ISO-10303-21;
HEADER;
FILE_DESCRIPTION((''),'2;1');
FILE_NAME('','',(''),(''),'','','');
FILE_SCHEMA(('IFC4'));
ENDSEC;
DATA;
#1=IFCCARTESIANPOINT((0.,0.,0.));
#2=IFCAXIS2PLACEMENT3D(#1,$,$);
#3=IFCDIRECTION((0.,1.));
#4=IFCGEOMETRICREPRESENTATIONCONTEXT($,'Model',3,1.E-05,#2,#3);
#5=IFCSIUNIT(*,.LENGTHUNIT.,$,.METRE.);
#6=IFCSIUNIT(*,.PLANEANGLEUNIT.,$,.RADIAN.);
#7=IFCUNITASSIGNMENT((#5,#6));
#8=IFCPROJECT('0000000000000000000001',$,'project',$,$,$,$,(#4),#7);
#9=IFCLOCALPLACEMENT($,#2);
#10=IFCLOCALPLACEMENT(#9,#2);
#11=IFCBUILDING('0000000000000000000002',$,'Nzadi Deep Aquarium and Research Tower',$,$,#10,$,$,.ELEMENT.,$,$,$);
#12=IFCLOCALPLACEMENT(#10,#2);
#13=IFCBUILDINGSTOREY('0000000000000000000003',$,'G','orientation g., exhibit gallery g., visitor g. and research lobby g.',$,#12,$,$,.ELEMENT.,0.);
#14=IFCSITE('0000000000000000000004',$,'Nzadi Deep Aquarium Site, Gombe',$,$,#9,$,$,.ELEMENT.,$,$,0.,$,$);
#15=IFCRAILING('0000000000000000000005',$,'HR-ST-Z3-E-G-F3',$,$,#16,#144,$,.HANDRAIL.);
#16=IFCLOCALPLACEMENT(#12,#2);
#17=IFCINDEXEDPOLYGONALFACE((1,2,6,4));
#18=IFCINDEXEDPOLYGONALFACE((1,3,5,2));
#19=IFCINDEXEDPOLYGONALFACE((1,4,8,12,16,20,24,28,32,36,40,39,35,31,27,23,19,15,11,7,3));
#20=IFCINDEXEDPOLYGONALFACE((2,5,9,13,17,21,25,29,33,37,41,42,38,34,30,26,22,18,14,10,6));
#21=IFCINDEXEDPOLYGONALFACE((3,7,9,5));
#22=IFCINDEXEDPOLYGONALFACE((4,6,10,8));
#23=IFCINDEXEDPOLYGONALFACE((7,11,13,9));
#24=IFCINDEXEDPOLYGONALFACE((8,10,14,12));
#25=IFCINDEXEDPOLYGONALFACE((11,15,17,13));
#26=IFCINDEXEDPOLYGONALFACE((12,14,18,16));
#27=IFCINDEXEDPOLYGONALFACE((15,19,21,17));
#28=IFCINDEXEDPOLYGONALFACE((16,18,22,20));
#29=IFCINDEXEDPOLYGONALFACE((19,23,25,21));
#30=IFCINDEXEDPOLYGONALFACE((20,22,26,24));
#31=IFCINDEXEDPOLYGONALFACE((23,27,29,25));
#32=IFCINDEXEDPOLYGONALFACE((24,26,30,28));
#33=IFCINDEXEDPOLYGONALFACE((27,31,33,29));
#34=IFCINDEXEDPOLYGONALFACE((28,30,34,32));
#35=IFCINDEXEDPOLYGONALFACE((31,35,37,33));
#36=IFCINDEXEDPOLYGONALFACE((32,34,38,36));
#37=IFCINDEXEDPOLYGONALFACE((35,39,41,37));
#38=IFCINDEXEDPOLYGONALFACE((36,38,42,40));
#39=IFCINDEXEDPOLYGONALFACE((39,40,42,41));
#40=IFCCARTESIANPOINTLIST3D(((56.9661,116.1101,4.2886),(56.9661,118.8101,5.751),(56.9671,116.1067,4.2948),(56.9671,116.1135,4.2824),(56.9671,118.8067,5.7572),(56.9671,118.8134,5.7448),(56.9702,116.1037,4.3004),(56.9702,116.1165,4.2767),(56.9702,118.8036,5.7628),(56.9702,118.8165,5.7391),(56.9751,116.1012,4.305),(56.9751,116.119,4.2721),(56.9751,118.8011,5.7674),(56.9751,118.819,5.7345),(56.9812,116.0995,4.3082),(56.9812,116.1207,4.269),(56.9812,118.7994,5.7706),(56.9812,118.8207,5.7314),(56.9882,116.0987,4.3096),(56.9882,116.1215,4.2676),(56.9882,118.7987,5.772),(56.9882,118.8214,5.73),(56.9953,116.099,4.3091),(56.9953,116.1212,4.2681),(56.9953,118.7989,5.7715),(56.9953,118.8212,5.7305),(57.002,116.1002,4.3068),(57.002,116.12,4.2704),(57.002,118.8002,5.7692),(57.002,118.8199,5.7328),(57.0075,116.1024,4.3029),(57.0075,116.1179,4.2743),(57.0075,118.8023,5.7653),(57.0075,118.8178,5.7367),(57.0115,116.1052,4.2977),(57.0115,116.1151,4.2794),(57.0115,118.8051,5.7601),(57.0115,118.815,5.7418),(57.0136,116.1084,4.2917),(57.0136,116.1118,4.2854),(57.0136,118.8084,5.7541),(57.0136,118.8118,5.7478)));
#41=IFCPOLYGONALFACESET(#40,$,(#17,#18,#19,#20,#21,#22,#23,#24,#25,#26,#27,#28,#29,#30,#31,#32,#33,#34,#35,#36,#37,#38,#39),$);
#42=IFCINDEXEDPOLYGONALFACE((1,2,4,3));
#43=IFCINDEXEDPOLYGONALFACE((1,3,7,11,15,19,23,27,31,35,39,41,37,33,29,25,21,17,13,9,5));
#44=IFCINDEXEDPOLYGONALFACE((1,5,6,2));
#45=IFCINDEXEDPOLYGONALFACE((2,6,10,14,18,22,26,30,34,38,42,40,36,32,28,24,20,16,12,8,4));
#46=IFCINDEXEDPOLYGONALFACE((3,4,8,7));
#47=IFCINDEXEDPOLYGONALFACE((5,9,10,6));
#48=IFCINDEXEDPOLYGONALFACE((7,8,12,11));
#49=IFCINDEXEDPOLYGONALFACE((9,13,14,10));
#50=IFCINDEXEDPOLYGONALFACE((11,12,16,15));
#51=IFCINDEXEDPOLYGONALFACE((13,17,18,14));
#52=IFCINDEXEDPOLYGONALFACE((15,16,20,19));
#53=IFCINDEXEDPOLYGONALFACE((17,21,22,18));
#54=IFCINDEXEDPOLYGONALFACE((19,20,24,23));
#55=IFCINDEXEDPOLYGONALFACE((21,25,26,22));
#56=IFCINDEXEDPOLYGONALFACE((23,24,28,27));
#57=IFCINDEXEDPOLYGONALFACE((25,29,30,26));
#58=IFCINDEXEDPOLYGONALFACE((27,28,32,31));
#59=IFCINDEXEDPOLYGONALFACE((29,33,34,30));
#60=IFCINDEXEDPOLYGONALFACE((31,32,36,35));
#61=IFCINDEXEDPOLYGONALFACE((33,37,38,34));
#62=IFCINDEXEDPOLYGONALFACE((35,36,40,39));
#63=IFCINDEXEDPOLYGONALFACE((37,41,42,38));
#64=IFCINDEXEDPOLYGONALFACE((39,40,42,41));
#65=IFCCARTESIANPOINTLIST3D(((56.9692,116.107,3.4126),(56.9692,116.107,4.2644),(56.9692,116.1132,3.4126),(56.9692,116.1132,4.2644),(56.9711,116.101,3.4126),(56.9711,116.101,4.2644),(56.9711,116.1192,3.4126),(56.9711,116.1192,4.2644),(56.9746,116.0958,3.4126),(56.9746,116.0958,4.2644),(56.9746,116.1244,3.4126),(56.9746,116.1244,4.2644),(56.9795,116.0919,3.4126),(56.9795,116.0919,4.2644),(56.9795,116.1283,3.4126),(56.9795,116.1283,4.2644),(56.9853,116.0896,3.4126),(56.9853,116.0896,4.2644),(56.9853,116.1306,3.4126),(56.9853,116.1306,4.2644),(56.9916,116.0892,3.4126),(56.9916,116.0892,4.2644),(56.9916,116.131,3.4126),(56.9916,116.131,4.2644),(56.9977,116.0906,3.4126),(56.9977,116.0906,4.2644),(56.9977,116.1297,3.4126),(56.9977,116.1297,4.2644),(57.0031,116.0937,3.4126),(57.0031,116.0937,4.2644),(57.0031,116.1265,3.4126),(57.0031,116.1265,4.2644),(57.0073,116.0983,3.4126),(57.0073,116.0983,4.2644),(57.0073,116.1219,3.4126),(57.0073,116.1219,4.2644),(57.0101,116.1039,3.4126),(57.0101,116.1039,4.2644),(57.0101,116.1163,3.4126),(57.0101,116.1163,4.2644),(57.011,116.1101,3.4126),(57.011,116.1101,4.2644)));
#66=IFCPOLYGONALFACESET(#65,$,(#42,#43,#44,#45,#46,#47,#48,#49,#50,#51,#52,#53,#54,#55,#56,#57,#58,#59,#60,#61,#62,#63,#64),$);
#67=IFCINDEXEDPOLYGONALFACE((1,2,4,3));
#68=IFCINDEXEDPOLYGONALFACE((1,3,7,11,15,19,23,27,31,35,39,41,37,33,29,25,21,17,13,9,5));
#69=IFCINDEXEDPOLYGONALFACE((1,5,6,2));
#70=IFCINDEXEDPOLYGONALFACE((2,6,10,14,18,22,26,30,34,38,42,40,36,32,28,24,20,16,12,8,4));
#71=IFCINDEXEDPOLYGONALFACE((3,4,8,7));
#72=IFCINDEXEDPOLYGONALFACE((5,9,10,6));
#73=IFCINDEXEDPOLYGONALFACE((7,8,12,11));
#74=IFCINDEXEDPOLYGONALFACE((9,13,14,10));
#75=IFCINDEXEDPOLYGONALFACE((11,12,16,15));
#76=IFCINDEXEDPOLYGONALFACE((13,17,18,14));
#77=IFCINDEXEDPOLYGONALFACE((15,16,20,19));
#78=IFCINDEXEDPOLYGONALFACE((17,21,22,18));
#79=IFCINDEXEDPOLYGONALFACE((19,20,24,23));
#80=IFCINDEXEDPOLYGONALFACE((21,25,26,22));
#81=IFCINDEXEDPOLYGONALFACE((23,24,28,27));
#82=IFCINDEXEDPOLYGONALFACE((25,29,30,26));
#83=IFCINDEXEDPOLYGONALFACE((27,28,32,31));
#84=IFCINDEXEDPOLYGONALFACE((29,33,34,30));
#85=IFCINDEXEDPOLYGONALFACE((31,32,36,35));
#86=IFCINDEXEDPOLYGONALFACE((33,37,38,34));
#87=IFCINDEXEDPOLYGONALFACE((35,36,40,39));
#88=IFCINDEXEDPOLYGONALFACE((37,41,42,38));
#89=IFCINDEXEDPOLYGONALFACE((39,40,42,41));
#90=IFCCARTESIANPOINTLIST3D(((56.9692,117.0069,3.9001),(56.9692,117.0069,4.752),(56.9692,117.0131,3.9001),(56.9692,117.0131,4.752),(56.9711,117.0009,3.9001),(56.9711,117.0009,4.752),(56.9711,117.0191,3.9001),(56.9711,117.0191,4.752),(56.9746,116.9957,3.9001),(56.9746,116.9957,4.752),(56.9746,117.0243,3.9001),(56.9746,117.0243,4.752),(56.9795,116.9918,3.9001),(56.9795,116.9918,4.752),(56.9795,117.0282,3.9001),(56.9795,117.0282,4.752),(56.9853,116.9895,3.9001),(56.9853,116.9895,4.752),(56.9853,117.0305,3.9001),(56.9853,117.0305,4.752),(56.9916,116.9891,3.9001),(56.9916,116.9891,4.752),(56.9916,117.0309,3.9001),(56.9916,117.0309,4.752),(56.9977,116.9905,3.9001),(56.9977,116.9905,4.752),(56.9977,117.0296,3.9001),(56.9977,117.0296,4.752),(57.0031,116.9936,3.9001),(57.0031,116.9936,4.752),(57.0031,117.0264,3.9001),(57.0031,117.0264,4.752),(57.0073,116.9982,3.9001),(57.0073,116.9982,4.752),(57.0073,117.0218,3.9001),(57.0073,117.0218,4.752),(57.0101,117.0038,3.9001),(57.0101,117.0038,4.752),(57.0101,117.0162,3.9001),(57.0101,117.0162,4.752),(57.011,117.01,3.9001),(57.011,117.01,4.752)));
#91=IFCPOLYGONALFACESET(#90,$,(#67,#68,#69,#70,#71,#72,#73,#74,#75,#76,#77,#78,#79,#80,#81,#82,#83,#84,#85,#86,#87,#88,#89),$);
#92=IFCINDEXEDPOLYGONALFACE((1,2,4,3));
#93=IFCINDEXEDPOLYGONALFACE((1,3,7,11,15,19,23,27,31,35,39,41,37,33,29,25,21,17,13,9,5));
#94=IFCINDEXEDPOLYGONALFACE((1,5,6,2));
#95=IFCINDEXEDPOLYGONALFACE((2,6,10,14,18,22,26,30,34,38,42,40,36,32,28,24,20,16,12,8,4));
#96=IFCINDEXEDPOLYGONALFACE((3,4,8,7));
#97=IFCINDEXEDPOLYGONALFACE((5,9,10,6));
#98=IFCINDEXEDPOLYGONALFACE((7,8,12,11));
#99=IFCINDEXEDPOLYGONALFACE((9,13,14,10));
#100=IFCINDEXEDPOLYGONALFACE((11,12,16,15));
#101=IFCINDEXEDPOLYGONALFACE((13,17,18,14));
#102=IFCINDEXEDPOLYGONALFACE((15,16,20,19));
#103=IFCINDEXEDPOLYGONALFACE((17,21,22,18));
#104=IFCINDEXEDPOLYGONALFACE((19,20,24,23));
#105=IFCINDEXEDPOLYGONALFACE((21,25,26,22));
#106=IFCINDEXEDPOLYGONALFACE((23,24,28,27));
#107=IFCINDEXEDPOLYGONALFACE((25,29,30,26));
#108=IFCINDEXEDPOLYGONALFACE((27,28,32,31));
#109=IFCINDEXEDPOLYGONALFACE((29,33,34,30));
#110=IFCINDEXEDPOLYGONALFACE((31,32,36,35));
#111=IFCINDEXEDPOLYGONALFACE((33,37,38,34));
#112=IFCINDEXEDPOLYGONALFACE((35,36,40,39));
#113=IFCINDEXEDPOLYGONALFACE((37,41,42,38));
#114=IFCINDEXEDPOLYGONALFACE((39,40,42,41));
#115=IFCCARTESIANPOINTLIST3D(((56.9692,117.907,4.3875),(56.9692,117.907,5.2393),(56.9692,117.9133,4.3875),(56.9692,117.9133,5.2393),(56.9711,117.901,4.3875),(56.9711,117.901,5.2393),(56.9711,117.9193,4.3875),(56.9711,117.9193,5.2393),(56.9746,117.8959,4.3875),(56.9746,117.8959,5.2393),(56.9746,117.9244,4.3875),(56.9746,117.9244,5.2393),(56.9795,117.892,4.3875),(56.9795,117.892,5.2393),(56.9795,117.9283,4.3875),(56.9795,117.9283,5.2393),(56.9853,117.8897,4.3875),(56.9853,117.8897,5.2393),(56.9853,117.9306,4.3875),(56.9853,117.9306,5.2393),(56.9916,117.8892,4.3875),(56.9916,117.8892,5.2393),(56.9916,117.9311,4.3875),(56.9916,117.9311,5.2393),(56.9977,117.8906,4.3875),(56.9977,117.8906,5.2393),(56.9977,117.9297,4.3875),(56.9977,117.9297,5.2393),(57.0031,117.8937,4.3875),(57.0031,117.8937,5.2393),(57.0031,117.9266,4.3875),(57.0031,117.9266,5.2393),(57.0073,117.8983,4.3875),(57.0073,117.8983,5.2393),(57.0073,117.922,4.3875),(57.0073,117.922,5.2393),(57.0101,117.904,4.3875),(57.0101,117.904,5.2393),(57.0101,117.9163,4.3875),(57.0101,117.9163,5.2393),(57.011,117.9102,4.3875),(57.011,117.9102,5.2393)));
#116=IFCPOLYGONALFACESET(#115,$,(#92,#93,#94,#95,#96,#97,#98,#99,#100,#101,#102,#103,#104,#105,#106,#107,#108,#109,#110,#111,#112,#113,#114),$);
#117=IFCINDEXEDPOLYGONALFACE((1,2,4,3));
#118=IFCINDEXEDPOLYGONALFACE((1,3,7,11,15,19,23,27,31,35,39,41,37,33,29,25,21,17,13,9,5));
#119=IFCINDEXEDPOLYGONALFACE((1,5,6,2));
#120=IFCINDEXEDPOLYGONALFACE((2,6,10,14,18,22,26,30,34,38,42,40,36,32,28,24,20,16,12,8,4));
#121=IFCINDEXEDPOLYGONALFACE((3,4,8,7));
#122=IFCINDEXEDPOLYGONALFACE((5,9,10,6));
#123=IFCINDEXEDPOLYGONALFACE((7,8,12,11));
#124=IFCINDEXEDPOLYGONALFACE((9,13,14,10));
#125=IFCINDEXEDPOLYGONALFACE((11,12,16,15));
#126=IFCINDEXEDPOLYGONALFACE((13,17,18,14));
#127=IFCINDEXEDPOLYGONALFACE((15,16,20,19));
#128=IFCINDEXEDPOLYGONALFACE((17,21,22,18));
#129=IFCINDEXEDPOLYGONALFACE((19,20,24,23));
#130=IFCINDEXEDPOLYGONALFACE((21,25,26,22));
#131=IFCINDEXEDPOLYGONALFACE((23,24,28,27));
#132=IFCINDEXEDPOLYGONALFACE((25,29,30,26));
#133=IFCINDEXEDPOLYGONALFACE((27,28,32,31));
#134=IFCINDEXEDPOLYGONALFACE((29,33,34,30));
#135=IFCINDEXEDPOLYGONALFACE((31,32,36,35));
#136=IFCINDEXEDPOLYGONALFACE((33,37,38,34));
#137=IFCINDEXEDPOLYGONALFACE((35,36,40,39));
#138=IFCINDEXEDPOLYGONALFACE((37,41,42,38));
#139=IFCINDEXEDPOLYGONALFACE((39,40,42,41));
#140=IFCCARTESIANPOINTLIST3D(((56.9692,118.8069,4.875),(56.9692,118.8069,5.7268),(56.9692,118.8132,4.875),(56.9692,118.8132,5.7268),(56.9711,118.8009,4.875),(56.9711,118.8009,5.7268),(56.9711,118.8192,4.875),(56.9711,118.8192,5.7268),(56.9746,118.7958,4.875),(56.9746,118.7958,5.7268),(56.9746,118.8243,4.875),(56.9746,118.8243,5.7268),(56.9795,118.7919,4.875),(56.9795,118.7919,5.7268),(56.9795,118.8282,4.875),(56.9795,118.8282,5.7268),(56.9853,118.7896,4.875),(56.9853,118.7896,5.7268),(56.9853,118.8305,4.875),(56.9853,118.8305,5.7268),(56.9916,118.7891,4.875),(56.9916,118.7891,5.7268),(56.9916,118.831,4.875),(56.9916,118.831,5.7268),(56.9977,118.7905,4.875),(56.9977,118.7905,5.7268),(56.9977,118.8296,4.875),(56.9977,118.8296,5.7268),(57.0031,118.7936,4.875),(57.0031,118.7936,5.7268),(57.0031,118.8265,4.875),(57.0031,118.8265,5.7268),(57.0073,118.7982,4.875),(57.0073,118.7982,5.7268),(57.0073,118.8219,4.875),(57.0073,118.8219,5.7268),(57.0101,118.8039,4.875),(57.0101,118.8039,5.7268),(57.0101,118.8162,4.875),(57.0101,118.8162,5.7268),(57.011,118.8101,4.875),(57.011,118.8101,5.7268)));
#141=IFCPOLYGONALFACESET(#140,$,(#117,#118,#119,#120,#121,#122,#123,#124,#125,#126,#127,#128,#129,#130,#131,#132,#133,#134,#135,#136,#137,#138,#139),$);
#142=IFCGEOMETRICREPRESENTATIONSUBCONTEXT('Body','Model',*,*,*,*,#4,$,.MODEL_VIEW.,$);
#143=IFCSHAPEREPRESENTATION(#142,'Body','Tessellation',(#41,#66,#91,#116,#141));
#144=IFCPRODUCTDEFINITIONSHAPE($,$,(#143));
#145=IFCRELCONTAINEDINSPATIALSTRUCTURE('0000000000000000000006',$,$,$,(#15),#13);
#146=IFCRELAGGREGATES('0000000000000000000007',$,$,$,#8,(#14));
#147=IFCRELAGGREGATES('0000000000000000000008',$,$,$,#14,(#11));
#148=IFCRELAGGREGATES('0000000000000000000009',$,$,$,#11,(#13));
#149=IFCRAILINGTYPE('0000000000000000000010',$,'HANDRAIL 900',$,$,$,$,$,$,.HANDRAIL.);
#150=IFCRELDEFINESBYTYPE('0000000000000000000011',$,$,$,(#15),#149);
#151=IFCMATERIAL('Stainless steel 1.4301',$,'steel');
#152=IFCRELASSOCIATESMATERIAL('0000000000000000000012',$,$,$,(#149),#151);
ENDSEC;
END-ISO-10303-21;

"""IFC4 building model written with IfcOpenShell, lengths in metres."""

from ifc_helpers import new_model, si_unit, direction, frame, origin, origin_2d, place, context, subcontext, project, spatial, circle, extrude, material, type_object, element, save


model = new_model("IFC4")

# Units and contexts
model_context = context("Model", 3, precision=1e-05, world=origin(), true_north=direction((0.0, 1.0)))
body_context = subcontext(model_context, "Body", "Model", "MODEL_VIEW")
ifc_project = project(units=[si_unit("LENGTHUNIT", "METRE"), si_unit("PLANEANGLEUNIT", "RADIAN")], contexts=[model_context])

# Site, building, storey
site_placement = place(None, origin())
site = spatial("IfcSite", under=ifc_project, at=site_placement, Name="Nzadi Deep Aquarium Site, Gombe", CompositionType="ELEMENT", RefElevation=0.0)
building_placement = place(site_placement, origin())
building = spatial("IfcBuilding", under=site, at=building_placement, Name="Nzadi Deep Aquarium and Research Tower", CompositionType="ELEMENT")
storey_placement = place(building_placement, origin())
storey = spatial("IfcBuildingStorey", under=building, at=storey_placement, Name="G", Description="orientation g., exhibit gallery g., visitor g. and research lobby g.", CompositionType="ELEMENT", Elevation=0.0)

# Railing
ifc_material_1 = material(Name="Stainless steel 1.4301", Category="steel")
railing_type = type_object("IfcRailingType", Name="HANDRAIL 900", PredefinedType="HANDRAIL", material=ifc_material_1)
for number, where, name in (
    (1, (56.99, 116.1101, 3.4126), "HR-ST-Z3-E-G-F3"),
):
    element("IfcRailing", number, at=place(storey_placement, frame(where)), inside=storey, type_object=railing_type, Name=name, PredefinedType="HANDRAIL", context=body_context, shape_type="SweptSolid", body=[
        extrude(circle(Radius=0.0239, at=origin_2d()), frame((0.0, 0.0, 0.876), z_axis=(0.0, 0.879302, 0.476265), x_axis=(-1.0, 0.0, 0.0)), (0.0, 0.0, 1.0), 3.0706),
        extrude(circle(Radius=0.021, at=origin_2d()), origin(), (0.0, 0.0, 1.0), 0.8518),
        extrude(circle(Radius=0.021, at=origin_2d()), frame((0.0, 0.8999, 0.4875)), (0.0, 0.0, 1.0), 0.8518),
        extrude(circle(Radius=0.021, at=origin_2d()), frame((0.0, 1.8, 0.9749)), (0.0, 0.0, 1.0), 0.8518),
        extrude(circle(Radius=0.021, at=origin_2d()), frame((0.0, 2.7, 1.4624)), (0.0, 0.0, 1.0), 0.8518),
    ])

save(model, "model.ifc")
